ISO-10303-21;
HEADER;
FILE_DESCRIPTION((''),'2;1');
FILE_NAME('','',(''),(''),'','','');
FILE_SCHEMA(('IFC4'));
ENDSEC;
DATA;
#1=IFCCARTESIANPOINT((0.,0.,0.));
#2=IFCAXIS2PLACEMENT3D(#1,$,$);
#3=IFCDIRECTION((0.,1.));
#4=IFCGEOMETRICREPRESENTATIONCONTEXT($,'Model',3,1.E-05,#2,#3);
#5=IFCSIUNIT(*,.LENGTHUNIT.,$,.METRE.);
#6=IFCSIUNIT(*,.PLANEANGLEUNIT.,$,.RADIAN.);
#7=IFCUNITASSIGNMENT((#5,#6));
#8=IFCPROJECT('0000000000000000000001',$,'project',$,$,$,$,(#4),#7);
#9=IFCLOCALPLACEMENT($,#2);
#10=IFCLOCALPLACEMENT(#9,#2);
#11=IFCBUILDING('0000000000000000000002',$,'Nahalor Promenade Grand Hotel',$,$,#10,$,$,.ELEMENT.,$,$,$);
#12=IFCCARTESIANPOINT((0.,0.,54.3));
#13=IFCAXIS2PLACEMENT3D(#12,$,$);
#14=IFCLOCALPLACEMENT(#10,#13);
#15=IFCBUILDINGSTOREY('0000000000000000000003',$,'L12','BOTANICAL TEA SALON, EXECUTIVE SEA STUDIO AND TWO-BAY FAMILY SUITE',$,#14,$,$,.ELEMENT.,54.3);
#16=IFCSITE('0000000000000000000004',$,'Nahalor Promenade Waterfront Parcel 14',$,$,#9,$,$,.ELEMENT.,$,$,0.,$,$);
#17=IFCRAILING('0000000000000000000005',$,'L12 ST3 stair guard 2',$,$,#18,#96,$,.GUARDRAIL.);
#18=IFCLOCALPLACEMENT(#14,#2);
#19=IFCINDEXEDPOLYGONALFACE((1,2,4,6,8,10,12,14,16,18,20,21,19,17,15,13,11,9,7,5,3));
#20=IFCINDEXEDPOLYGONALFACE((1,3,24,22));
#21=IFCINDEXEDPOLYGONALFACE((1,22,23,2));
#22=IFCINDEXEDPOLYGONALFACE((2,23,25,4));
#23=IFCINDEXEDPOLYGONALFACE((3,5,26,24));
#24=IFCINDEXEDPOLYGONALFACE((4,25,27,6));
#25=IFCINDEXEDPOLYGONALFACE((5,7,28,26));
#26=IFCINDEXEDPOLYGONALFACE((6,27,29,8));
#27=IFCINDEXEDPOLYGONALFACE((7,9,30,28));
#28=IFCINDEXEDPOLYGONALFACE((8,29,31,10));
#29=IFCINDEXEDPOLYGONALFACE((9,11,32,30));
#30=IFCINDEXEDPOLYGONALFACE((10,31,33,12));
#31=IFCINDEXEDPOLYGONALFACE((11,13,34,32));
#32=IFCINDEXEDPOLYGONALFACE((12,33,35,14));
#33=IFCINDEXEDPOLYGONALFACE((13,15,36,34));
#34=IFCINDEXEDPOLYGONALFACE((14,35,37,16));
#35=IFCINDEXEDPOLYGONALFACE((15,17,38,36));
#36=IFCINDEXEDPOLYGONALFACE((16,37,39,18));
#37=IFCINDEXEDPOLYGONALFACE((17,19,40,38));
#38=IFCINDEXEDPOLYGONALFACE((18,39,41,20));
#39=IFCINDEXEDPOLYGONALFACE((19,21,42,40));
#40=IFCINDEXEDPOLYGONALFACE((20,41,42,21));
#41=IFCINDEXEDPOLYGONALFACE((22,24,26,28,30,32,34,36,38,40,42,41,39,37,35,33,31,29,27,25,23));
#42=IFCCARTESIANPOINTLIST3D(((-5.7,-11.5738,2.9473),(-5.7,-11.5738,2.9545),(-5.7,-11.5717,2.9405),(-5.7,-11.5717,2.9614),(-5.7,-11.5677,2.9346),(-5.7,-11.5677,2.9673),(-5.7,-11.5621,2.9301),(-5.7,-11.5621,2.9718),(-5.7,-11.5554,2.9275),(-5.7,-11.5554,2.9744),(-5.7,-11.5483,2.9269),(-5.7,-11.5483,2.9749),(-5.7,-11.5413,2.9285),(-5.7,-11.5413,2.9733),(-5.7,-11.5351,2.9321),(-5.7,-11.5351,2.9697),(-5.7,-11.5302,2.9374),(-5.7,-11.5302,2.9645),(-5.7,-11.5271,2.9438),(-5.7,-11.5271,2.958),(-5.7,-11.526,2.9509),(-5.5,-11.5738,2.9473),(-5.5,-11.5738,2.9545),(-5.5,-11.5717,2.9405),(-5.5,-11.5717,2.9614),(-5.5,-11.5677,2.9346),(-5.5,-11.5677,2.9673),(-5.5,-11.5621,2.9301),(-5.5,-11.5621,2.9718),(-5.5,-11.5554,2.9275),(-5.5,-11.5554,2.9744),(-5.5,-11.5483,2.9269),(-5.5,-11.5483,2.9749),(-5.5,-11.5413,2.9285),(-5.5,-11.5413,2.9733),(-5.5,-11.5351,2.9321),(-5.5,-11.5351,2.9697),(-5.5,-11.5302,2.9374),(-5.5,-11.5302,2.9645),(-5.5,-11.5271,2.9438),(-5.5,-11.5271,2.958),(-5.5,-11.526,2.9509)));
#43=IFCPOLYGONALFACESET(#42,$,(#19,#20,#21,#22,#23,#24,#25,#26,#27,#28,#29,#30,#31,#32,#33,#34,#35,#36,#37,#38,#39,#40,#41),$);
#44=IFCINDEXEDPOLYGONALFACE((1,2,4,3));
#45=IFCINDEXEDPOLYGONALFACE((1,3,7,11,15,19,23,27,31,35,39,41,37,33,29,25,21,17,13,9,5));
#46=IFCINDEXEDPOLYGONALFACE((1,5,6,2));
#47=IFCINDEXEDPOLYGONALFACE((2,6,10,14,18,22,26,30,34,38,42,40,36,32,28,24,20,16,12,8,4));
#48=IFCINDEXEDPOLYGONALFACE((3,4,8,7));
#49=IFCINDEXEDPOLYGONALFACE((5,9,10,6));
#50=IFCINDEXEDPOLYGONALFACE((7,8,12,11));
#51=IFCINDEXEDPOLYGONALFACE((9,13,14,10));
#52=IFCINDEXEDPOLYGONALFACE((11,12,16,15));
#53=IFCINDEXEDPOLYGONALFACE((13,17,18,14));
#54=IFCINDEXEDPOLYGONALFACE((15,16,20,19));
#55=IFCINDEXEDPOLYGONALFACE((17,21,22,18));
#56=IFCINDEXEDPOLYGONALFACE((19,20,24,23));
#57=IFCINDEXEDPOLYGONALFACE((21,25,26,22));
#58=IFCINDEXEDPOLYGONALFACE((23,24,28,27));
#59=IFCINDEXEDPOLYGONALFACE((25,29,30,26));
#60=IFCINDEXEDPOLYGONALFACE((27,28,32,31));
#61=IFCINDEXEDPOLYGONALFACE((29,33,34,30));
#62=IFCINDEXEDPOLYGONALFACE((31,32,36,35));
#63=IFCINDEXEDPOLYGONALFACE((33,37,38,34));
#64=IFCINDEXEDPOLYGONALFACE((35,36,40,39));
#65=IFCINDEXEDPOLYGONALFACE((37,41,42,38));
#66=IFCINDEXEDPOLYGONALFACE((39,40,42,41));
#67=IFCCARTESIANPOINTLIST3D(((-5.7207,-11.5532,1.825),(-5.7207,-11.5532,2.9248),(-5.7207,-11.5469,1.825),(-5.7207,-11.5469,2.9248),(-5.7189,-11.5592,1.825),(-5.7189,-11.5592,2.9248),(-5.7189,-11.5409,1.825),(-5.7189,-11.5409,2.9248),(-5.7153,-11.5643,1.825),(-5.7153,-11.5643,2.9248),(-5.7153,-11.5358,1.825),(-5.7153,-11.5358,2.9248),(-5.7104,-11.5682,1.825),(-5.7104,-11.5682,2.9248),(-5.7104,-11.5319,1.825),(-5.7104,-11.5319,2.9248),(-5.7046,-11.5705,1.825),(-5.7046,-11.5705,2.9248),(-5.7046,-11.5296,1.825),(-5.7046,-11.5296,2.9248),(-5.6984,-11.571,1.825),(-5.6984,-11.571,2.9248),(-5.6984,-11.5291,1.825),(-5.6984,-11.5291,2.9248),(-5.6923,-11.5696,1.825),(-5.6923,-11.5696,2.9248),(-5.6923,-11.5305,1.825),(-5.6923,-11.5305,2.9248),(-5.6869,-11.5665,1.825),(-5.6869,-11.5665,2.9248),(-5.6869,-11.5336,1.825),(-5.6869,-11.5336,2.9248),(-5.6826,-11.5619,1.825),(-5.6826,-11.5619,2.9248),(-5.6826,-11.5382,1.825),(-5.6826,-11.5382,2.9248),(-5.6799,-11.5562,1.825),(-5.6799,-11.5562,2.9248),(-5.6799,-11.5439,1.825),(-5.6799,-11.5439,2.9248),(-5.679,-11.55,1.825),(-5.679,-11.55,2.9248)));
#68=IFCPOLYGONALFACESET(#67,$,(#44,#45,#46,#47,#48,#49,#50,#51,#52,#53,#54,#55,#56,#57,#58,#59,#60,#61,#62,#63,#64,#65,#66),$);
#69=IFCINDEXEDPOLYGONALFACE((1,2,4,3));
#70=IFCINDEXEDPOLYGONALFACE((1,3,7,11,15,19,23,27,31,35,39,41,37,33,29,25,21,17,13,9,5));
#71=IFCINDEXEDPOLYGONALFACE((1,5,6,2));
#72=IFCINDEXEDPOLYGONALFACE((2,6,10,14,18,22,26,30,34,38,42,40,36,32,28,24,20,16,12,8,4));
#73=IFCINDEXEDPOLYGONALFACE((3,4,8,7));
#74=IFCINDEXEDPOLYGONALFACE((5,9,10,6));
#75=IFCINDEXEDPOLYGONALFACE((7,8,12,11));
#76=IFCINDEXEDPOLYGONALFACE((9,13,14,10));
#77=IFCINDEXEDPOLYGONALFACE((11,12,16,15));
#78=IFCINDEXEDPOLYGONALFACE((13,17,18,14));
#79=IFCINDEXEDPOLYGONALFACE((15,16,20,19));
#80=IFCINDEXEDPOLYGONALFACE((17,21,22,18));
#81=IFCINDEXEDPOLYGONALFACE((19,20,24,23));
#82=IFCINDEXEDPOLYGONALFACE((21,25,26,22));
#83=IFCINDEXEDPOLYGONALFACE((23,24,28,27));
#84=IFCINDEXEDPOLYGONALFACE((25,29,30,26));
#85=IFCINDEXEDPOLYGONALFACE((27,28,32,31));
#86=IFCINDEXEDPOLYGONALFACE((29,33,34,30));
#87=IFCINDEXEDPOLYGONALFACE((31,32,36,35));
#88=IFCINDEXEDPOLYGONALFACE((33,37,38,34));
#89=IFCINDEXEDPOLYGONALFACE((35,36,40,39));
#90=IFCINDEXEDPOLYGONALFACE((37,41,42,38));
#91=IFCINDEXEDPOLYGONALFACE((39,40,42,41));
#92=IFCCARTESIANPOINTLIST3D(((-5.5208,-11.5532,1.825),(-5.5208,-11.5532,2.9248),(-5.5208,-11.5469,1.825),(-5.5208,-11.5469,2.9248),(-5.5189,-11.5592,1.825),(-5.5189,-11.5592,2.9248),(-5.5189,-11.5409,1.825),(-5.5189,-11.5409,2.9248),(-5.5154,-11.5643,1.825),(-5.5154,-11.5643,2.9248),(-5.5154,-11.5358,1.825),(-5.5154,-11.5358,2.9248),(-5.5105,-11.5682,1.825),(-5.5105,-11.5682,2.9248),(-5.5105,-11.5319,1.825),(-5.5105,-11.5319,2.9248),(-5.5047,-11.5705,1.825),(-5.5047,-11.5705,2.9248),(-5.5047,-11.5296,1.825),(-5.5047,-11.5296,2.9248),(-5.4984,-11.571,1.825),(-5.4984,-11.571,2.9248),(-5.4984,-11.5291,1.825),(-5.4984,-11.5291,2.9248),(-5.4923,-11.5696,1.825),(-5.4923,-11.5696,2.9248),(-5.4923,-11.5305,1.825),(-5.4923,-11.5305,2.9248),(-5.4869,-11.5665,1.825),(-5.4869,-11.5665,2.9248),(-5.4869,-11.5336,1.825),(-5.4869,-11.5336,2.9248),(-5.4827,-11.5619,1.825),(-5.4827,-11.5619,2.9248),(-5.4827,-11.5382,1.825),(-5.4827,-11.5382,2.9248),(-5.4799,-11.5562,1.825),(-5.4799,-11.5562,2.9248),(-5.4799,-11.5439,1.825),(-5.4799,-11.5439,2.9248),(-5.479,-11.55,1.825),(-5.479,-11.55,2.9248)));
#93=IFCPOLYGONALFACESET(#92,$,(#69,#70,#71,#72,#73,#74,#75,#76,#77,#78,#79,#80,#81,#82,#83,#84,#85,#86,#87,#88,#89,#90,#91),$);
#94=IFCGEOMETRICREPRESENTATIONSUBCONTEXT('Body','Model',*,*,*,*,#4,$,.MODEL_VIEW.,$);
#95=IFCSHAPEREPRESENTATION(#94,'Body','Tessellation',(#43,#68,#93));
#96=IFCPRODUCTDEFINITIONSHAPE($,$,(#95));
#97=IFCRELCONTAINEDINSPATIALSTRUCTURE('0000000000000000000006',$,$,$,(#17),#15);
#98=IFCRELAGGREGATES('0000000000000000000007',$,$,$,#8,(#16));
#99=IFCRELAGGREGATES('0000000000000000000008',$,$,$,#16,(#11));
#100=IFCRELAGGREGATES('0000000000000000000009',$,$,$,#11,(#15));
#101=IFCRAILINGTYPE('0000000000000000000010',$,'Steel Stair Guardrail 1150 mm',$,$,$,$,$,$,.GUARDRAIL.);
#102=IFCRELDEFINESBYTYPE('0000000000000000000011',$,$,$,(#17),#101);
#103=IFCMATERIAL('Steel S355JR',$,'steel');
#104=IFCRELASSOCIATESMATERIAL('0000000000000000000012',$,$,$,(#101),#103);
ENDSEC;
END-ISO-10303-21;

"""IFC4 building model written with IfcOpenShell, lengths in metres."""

from ifc_helpers import new_model, si_unit, direction, frame, origin, origin_2d, place, context, subcontext, project, spatial, circle, extrude, material, type_object, element, save


model = new_model("IFC4")

# Units and contexts
model_context = context("Model", 3, precision=1e-05, world=origin(), true_north=direction((0.0, 1.0)))
body_context = subcontext(model_context, "Body", "Model", "MODEL_VIEW")
ifc_project = project(units=[si_unit("LENGTHUNIT", "METRE"), si_unit("PLANEANGLEUNIT", "RADIAN")], contexts=[model_context])

# Site, building, storey
site_placement = place(None, origin())
site = spatial("IfcSite", under=ifc_project, at=site_placement, Name="Nahalor Promenade Waterfront Parcel 14", CompositionType="ELEMENT", RefElevation=0.0)
building_placement = place(site_placement, origin())
building = spatial("IfcBuilding", under=site, at=building_placement, Name="Nahalor Promenade Grand Hotel", CompositionType="ELEMENT")
storey_placement = place(building_placement, frame((0.0, 0.0, 54.3)))
storey = spatial("IfcBuildingStorey", under=building, at=storey_placement, Name="L12", Description="BOTANICAL TEA SALON, EXECUTIVE SEA STUDIO AND TWO-BAY FAMILY SUITE", CompositionType="ELEMENT", Elevation=54.3)

# Shared definitions
ifc_material_1 = material(Name="Steel S355JR", Category="steel")

# Railing
railing_type_1 = type_object("IfcRailingType", Name="Steel Stair Guardrail 1150 mm", PredefinedType="GUARDRAIL", material=ifc_material_1)
railing_1_placement = place(storey_placement, frame((-5.7, -11.55, 1.825)))
element("IfcRailing", 1, at=railing_1_placement, inside=storey, type_object=railing_type_1, Name="L12 ST3 stair guard 2", PredefinedType="GUARDRAIL", context=body_context, shape_type="SweptSolid", body=[
    extrude(circle(Radius=0.024, at=origin_2d()), frame((0.0, 0.0, 1.126), z_axis=(1.0, 0.0, 0.0), x_axis=(0.0, 1.0, 0.0)), (0.0, 0.0, 1.0), 0.2),
    extrude(circle(Radius=0.021, at=origin_2d()), origin(), (0.0, 0.0, 1.0), 1.0999),
    extrude(circle(Radius=0.021, at=origin_2d()), frame((0.2, 0.0, 0.0)), (0.0, 0.0, 1.0), 1.0999),
])

save(model, "model.ifc")
